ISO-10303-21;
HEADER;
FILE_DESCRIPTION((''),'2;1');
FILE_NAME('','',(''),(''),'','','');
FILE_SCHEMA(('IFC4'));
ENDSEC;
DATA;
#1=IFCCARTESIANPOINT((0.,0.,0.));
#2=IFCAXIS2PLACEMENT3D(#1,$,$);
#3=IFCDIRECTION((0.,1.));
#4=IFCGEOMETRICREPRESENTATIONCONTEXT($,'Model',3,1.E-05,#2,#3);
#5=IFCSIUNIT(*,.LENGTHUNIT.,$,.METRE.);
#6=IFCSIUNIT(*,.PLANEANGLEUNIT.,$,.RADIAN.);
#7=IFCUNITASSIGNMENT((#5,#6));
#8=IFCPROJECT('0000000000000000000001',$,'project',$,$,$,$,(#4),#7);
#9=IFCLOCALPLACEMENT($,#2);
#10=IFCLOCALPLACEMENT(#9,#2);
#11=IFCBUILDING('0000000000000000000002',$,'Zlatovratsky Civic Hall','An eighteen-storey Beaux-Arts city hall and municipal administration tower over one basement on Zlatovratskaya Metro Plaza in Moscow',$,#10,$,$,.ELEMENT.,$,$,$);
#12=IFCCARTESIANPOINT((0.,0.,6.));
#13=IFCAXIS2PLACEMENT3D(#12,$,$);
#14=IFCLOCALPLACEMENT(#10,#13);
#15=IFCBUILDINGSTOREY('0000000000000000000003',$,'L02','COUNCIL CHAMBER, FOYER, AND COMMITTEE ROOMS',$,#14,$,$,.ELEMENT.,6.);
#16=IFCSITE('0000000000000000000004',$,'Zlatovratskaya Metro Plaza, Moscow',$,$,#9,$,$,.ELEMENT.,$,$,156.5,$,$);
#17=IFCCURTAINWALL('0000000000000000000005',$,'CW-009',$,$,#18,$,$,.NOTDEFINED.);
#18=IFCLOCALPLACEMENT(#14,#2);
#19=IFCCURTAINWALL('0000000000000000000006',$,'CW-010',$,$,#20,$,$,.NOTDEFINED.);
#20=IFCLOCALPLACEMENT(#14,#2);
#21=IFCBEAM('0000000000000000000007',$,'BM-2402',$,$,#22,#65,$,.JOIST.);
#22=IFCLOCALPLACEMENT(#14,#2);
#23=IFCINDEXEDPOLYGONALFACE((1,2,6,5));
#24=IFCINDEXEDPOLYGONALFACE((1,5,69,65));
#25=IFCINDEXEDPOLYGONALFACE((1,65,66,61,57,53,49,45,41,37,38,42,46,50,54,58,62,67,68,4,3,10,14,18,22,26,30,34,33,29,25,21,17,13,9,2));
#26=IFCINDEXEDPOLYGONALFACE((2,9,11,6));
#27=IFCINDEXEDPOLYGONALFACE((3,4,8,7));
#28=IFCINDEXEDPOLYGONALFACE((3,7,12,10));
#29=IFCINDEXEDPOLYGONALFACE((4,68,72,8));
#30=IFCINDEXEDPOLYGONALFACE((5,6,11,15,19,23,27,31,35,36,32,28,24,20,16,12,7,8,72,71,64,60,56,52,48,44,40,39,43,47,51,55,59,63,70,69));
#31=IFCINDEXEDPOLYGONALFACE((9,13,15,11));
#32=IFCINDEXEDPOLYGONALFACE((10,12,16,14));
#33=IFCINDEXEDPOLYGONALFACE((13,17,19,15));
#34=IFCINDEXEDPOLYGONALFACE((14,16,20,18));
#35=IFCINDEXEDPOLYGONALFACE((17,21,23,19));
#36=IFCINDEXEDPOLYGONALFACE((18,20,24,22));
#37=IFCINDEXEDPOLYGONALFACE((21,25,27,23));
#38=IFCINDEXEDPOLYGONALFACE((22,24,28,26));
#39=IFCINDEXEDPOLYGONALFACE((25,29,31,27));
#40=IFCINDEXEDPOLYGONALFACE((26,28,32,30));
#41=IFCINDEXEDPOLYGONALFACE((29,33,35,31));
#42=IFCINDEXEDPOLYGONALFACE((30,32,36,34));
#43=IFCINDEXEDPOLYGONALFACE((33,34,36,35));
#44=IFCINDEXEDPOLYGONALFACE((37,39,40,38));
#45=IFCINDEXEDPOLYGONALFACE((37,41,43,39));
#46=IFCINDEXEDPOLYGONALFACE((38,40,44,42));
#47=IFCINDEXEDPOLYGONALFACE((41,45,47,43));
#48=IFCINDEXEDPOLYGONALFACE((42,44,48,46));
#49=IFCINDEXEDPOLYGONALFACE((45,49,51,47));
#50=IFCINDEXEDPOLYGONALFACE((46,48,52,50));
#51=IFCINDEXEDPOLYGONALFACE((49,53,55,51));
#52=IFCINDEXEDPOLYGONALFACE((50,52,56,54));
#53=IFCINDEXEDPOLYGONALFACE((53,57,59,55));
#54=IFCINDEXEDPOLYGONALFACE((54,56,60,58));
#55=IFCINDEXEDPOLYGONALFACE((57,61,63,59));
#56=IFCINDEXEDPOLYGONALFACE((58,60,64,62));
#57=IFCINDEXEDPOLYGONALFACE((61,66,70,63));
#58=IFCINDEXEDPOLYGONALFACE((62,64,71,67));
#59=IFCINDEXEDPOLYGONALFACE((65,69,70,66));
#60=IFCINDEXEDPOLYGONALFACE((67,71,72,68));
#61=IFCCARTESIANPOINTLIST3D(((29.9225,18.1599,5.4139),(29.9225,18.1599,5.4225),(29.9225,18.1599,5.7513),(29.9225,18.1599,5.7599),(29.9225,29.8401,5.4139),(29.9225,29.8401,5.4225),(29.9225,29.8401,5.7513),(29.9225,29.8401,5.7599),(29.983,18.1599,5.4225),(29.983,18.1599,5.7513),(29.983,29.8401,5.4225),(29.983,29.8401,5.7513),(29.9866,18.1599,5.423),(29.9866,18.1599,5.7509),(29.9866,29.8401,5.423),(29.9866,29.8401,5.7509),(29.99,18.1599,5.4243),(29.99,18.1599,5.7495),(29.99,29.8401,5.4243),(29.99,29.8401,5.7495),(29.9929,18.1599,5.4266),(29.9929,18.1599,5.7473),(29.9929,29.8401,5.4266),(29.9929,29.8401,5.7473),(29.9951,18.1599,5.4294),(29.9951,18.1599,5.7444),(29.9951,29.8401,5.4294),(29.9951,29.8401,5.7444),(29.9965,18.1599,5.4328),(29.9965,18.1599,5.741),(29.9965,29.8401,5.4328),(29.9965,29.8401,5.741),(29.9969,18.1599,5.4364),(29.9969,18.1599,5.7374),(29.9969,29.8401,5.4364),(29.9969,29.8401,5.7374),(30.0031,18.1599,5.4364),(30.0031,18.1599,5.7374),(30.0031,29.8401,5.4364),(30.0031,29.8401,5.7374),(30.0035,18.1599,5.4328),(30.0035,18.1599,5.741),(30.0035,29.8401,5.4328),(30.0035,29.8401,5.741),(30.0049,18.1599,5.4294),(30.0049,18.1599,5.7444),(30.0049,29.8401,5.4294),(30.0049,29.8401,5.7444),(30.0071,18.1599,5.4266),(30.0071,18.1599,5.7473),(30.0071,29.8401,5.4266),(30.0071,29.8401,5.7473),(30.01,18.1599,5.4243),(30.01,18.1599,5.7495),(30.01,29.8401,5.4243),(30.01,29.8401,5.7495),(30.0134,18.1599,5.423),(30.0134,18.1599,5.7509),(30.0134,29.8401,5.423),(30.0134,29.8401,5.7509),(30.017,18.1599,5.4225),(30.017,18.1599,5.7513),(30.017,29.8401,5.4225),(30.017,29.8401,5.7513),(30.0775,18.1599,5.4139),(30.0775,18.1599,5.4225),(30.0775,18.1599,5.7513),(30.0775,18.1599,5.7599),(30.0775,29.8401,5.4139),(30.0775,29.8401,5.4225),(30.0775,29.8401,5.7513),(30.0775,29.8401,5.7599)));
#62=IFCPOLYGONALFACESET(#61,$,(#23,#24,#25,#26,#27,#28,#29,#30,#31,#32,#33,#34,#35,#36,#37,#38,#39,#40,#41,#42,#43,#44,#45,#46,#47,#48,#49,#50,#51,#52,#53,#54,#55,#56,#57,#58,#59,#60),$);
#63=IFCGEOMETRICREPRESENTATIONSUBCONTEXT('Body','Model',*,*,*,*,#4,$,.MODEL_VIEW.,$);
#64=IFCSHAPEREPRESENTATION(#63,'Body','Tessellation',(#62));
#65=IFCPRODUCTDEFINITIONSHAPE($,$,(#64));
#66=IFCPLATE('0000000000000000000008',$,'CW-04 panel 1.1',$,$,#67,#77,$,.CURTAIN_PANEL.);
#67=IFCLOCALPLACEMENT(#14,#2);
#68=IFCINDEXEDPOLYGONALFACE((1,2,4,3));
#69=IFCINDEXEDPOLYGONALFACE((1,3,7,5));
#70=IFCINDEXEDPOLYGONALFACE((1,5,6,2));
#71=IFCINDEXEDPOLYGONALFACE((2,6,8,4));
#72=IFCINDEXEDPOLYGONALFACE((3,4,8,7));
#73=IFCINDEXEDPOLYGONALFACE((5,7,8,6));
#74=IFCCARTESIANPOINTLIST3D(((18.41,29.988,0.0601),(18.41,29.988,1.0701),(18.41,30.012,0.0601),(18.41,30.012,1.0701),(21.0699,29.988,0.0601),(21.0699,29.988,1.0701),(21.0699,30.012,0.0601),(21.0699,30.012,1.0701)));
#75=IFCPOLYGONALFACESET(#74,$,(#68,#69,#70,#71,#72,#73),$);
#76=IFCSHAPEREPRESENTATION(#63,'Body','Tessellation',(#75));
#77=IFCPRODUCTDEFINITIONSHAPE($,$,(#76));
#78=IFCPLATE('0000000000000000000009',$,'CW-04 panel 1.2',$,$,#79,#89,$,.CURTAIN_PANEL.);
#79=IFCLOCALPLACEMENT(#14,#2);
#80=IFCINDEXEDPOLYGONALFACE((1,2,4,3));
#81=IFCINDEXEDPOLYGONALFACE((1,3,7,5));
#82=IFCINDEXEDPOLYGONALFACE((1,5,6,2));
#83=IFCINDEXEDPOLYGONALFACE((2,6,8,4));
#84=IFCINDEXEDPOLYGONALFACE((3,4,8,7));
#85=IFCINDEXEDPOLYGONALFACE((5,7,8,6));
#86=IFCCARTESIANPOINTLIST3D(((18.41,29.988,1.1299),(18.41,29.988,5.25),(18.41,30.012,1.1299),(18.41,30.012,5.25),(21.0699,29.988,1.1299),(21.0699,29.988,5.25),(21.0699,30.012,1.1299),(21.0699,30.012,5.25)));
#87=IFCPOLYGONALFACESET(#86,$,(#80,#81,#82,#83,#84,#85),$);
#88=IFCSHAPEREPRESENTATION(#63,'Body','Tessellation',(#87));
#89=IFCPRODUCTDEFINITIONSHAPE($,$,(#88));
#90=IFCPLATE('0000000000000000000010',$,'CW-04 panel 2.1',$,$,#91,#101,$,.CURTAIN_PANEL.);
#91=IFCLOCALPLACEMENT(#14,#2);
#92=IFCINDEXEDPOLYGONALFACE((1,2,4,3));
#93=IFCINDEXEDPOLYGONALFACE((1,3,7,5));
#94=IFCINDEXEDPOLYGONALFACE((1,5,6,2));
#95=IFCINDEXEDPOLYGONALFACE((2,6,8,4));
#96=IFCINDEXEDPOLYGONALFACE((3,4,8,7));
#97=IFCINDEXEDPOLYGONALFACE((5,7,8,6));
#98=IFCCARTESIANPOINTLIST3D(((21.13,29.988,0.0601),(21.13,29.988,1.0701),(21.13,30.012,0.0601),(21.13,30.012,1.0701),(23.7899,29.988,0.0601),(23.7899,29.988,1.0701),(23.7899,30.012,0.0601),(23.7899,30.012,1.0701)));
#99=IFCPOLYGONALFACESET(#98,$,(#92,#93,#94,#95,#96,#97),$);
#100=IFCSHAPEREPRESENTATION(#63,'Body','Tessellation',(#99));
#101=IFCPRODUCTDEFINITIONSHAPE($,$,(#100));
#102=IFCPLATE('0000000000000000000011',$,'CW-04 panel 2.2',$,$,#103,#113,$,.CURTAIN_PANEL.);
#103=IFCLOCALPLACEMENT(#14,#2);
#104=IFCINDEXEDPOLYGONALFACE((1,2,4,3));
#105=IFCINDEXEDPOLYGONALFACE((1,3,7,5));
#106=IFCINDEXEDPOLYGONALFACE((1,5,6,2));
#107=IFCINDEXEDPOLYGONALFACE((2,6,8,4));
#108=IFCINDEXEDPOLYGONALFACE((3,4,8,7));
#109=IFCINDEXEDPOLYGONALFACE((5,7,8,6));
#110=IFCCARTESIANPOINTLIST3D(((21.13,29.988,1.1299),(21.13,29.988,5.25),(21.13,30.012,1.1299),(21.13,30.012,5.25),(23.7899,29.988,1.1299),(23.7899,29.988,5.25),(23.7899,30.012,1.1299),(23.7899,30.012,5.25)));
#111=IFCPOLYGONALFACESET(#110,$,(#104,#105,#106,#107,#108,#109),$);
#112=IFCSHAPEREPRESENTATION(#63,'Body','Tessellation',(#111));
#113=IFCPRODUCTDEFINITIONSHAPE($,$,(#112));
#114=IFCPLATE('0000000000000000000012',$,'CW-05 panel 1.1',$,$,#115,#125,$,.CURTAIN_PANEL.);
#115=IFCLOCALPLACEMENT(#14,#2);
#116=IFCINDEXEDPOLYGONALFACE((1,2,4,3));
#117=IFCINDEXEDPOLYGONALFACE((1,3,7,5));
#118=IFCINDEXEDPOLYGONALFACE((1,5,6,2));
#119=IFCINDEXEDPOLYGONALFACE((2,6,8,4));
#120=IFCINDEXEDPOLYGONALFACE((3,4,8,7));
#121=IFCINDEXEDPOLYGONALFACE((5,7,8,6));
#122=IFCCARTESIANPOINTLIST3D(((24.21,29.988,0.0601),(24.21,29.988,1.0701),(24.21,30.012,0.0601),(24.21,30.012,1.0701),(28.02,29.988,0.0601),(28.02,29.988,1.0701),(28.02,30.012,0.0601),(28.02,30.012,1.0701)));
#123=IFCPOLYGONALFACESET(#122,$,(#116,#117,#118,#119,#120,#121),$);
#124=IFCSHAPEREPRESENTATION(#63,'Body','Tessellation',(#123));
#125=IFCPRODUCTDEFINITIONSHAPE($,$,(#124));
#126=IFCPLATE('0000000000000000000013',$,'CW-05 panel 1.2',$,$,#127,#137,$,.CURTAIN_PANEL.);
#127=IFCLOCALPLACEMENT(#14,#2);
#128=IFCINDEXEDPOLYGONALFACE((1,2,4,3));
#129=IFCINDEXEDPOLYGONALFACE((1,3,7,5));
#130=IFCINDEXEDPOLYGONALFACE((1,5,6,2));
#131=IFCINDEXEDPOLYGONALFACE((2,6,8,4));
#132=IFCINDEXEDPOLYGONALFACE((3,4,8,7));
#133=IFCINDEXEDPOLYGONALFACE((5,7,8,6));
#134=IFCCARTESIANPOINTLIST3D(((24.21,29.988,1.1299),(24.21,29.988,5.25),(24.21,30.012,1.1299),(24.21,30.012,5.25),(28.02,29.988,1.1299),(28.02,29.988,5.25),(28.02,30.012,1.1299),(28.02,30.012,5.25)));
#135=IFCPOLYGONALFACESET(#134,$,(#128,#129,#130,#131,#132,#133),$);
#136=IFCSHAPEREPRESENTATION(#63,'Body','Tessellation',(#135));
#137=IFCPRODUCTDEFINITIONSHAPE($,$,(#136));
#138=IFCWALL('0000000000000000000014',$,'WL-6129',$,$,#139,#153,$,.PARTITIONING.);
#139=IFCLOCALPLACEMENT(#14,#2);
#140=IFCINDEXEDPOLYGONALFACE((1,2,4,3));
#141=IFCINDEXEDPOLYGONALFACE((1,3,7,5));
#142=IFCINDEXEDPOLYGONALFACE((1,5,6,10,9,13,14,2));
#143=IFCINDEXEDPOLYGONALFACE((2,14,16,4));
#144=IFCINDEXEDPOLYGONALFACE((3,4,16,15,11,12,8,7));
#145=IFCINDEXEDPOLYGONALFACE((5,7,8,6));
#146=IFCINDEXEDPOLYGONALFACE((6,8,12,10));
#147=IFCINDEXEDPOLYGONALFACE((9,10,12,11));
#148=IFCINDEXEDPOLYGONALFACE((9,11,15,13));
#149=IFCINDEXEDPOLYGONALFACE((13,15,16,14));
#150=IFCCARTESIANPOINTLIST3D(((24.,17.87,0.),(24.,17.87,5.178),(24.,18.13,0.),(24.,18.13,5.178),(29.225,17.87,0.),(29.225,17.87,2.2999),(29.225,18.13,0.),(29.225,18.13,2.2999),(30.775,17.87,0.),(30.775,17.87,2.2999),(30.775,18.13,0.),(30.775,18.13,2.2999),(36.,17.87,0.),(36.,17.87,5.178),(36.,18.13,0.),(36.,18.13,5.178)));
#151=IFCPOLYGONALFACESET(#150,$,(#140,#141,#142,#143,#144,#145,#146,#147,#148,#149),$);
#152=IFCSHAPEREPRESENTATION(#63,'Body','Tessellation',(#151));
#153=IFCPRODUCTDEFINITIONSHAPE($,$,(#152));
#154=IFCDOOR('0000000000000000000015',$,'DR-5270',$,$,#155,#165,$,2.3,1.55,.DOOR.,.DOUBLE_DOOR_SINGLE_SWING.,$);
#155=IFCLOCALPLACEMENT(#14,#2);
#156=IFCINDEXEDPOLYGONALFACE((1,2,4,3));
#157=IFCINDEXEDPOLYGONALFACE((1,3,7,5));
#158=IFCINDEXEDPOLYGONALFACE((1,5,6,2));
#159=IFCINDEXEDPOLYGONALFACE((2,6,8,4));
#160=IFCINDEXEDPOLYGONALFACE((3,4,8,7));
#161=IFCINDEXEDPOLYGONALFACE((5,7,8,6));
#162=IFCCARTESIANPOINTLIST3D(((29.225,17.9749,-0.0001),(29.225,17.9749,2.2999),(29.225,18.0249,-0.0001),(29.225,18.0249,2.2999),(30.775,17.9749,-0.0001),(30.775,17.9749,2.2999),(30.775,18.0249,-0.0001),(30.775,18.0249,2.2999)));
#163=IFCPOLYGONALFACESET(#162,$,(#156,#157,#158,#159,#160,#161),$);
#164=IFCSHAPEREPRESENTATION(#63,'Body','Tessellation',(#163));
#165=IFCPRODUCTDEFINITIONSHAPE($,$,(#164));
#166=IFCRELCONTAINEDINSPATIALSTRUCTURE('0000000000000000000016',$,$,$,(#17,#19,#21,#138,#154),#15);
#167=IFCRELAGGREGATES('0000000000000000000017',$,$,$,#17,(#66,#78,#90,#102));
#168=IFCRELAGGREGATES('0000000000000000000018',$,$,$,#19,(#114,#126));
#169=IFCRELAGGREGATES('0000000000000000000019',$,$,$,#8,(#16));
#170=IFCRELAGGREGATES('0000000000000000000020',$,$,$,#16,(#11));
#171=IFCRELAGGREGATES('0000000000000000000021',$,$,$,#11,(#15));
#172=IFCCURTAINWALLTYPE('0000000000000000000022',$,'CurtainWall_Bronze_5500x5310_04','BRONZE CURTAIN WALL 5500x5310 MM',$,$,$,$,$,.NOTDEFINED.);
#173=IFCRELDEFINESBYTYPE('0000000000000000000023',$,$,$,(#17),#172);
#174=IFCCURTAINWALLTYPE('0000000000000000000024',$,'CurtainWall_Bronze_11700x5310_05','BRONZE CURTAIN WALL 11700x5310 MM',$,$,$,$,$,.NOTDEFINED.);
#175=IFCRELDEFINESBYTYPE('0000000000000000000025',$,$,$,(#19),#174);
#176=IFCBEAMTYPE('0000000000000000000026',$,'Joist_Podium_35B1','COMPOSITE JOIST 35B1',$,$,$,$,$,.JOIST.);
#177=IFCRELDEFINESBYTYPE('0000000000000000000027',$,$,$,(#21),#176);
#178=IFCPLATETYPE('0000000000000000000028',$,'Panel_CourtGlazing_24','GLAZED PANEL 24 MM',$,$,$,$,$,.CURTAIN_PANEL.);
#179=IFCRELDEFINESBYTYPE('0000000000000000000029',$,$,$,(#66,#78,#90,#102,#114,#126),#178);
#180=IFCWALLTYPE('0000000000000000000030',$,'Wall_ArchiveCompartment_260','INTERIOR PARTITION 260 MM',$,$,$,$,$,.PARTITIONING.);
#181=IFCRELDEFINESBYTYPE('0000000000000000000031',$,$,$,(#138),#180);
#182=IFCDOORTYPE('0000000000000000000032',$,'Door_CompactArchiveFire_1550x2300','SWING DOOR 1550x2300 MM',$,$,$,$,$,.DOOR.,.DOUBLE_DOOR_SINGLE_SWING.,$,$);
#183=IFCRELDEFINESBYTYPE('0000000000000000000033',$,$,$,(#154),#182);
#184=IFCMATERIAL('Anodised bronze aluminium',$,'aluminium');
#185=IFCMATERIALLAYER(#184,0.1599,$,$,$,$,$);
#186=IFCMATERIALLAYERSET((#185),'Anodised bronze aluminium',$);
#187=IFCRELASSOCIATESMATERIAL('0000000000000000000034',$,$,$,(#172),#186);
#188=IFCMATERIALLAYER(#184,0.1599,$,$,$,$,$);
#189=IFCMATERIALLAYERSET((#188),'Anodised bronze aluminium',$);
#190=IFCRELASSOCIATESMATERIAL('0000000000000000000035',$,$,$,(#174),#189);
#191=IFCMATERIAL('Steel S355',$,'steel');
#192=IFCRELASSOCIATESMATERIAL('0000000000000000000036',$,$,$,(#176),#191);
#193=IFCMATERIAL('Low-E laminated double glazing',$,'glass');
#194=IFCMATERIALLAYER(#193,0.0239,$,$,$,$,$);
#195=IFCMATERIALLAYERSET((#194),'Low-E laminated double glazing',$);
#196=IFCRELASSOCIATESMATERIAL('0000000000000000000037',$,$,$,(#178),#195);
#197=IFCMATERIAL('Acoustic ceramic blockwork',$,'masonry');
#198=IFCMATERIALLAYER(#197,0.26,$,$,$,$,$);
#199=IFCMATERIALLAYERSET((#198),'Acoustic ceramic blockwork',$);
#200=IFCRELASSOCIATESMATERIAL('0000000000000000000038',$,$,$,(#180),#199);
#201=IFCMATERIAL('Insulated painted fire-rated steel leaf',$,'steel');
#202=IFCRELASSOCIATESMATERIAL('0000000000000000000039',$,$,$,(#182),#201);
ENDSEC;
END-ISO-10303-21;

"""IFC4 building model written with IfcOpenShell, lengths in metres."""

from ifc_helpers import new_model, si_unit, direction, frame, frame_2d, origin, origin_2d, place, context, subcontext, project, spatial, rectangle, i_section, extrude, material, layer, layer_set, material_profile, profile_set, type_object, element, fill, aggregate, save


model = new_model("IFC4")

# Units and contexts
model_context = context("Model", 3, precision=1e-05, world=origin(), true_north=direction((0.0, 1.0)))
body_context = subcontext(model_context, "Body", "Model", "MODEL_VIEW")
ifc_project = project(units=[si_unit("LENGTHUNIT", "METRE"), si_unit("PLANEANGLEUNIT", "RADIAN")], contexts=[model_context])

# Site, building, storey
site_placement = place(None, origin())
site = spatial("IfcSite", under=ifc_project, at=site_placement, Name="Zlatovratskaya Metro Plaza, Moscow", CompositionType="ELEMENT", RefElevation=156.5)
building_placement = place(site_placement, origin())
building = spatial("IfcBuilding", under=site, at=building_placement, Name="Zlatovratsky Civic Hall", Description="An eighteen-storey Beaux-Arts city hall and municipal administration tower over one basement on Zlatovratskaya Metro Plaza in Moscow", CompositionType="ELEMENT")
storey_placement = place(building_placement, frame((0.0, 0.0, 6.0)))
storey = spatial("IfcBuildingStorey", under=building, at=storey_placement, Name="L02", Description="COUNCIL CHAMBER, FOYER, AND COMMITTEE ROOMS", CompositionType="ELEMENT", Elevation=6.0)

# Shared definitions
ifc_material_1 = material(Name="Steel S355", Category="steel")

# Curtain wall
ifc_material_2 = material(Name="Anodised bronze aluminium", Category="aluminium")
ifc_layer_1 = layer(ifc_material_2, 0.1599)
ifc_layer_set_1 = layer_set([ifc_layer_1], Name="Anodised bronze aluminium")
curtain_wall_type_1 = type_object("IfcCurtainWallType", Name="CurtainWall_Bronze_5500x5310_04", Description="BRONZE CURTAIN WALL 5500x5310 MM", PredefinedType="NOTDEFINED", material=ifc_layer_set_1)
curtain_wall_1_placement = place(storey_placement, origin())
curtain_wall_1 = element("IfcCurtainWall", 1, at=curtain_wall_1_placement, inside=storey, type_object=curtain_wall_type_1, Name="CW-009", PredefinedType="NOTDEFINED")

# Curtain wall
ifc_layer_2 = layer(ifc_material_2, 0.1599)
ifc_layer_set_2 = layer_set([ifc_layer_2], Name="Anodised bronze aluminium")
curtain_wall_type_2 = type_object("IfcCurtainWallType", Name="CurtainWall_Bronze_11700x5310_05", Description="BRONZE CURTAIN WALL 11700x5310 MM", PredefinedType="NOTDEFINED", material=ifc_layer_set_2)
curtain_wall_2_placement = place(storey_placement, origin())
curtain_wall_2 = element("IfcCurtainWall", 2, at=curtain_wall_2_placement, inside=storey, type_object=curtain_wall_type_2, Name="CW-010", PredefinedType="NOTDEFINED")

# Beam
ifc_material_profile_1 = material_profile(ifc_material_1, i_section(OverallWidth=0.155, OverallDepth=0.3459, WebThickness=0.0061, FlangeThickness=0.0085, FilletRadius=0.0139, at=origin_2d()), Name="35B1")
ifc_profile_set_1 = profile_set([ifc_material_profile_1], Name="Steel S355")
beam_type_1 = type_object("IfcBeamType", Name="Joist_Podium_35B1", Description="COMPOSITE JOIST 35B1", PredefinedType="JOIST", material=ifc_profile_set_1)
beam_1_placement = place(storey_placement, frame((30.0, 18.1599, 5.5869), z_axis=(0.0, 1.0, 0.0), x_axis=(-1.0, 0.0, 0.0)))
element("IfcBeam", 3, at=beam_1_placement, inside=storey, type_object=beam_type_1, Name="BM-2402", PredefinedType="JOIST", context=body_context, shape_type="SweptSolid", body=[
    extrude(i_section(OverallWidth=0.155, OverallDepth=0.3459, WebThickness=0.0061, FlangeThickness=0.0085, FilletRadius=0.0139, at=origin_2d()), origin(), (0.0, 0.0, 1.0), 11.6802),
])

# Plates
ifc_material_3 = material(Name="Low-E laminated double glazing", Category="glass")
ifc_layer_3 = layer(ifc_material_3, 0.0239)
ifc_layer_set_3 = layer_set([ifc_layer_3], Name="Low-E laminated double glazing")
plate_type = type_object("IfcPlateType", Name="Panel_CourtGlazing_24", Description="GLAZED PANEL 24 MM", PredefinedType="CURTAIN_PANEL", material=ifc_layer_set_3)
plate_1_placement = place(storey_placement, frame((19.74, 30.0, 0.0601), z_axis=(0.0, 0.0, 1.0), x_axis=(1.0, 0.0, 0.0)))
plate_1 = element("IfcPlate", 4, at=plate_1_placement, type_object=plate_type, Name="CW-04 panel 1.1", PredefinedType="CURTAIN_PANEL", context=body_context, shape_type="SweptSolid", body=[
    extrude(rectangle(XDim=2.6599, YDim=0.0239, at=origin_2d()), origin(), (0.0, 0.0, 1.0), 1.01),
])
plate_2_placement = place(storey_placement, frame((19.74, 30.0, 1.1299), z_axis=(0.0, 0.0, 1.0), x_axis=(1.0, 0.0, 0.0)))
plate_2 = element("IfcPlate", 5, at=plate_2_placement, type_object=plate_type, Name="CW-04 panel 1.2", PredefinedType="CURTAIN_PANEL", context=body_context, shape_type="SweptSolid", body=[
    extrude(rectangle(XDim=2.6599, YDim=0.0239, at=origin_2d()), origin(), (0.0, 0.0, 1.0), 4.1201),
])
plate_3_placement = place(storey_placement, frame((22.46, 30.0, 0.0601), z_axis=(0.0, 0.0, 1.0), x_axis=(1.0, 0.0, 0.0)))
plate_3 = element("IfcPlate", 6, at=plate_3_placement, type_object=plate_type, Name="CW-04 panel 2.1", PredefinedType="CURTAIN_PANEL", context=body_context, shape_type="SweptSolid", body=[
    extrude(rectangle(XDim=2.6599, YDim=0.0239, at=origin_2d()), origin(), (0.0, 0.0, 1.0), 1.01),
])
plate_4_placement = place(storey_placement, frame((22.46, 30.0, 1.1299), z_axis=(0.0, 0.0, 1.0), x_axis=(1.0, 0.0, 0.0)))
plate_4 = element("IfcPlate", 7, at=plate_4_placement, type_object=plate_type, Name="CW-04 panel 2.2", PredefinedType="CURTAIN_PANEL", context=body_context, shape_type="SweptSolid", body=[
    extrude(rectangle(XDim=2.6599, YDim=0.0239, at=origin_2d()), origin(), (0.0, 0.0, 1.0), 4.1201),
])
aggregate(curtain_wall_1, [plate_1, plate_2, plate_3, plate_4])
plate_5_placement = place(storey_placement, frame((26.115, 30.0, 0.0601), z_axis=(0.0, 0.0, 1.0), x_axis=(1.0, 0.0, 0.0)))
plate_5 = element("IfcPlate", 8, at=plate_5_placement, type_object=plate_type, Name="CW-05 panel 1.1", PredefinedType="CURTAIN_PANEL", context=body_context, shape_type="SweptSolid", body=[
    extrude(rectangle(XDim=3.8101, YDim=0.0239, at=origin_2d()), origin(), (0.0, 0.0, 1.0), 1.01),
])
plate_6_placement = place(storey_placement, frame((26.115, 30.0, 1.1299), z_axis=(0.0, 0.0, 1.0), x_axis=(1.0, 0.0, 0.0)))
plate_6 = element("IfcPlate", 9, at=plate_6_placement, type_object=plate_type, Name="CW-05 panel 1.2", PredefinedType="CURTAIN_PANEL", context=body_context, shape_type="SweptSolid", body=[
    extrude(rectangle(XDim=3.8101, YDim=0.0239, at=origin_2d()), origin(), (0.0, 0.0, 1.0), 4.1201),
])
aggregate(curtain_wall_2, [plate_5, plate_6])

# Wall, opening, door
ifc_material_4 = material(Name="Acoustic ceramic blockwork", Category="masonry")
ifc_layer_4 = layer(ifc_material_4, 0.26)
ifc_layer_set_4 = layer_set([ifc_layer_4], Name="Acoustic ceramic blockwork")
wall_type = type_object("IfcWallType", Name="Wall_ArchiveCompartment_260", Description="INTERIOR PARTITION 260 MM", PredefinedType="PARTITIONING", material=ifc_layer_set_4)
wall_placement = place(storey_placement, frame((24.0, 18.0, 0.0), z_axis=(0.0, 0.0, 1.0), x_axis=(1.0, 0.0, 0.0)))
wall = element("IfcWall", 10, at=wall_placement, inside=storey, type_object=wall_type, Name="WL-6129", PredefinedType="PARTITIONING", context=body_context, shape_type="SweptSolid", body=[
    extrude(rectangle(XDim=12.0, YDim=0.26, at=frame_2d((6.0, 0.0))), origin(), (0.0, 0.0, 1.0), 5.178),
])
opening_placement = place(wall_placement, frame((5.2251, 0.0, 0.0)))
opening = element("IfcOpeningElement", 11, at=opening_placement, cuts=wall, PredefinedType="OPENING", context=body_context, shape_type="SweptSolid", body=[
    extrude(rectangle(XDim=1.55, YDim=2.3, at=frame_2d((0.7749, 1.1499))), frame((0.0, 0.145, 0.0), z_axis=(0.0, -1.0, 0.0), x_axis=(1.0, 0.0, 0.0)), (0.0, 0.0, 1.0), 0.2898),
])
ifc_material_5 = material(Name="Insulated painted fire-rated steel leaf", Category="steel")
door_type = type_object("IfcDoorType", Name="Door_CompactArchiveFire_1550x2300", Description="SWING DOOR 1550x2300 MM", OperationType="DOUBLE_DOOR_SINGLE_SWING", PredefinedType="DOOR", material=ifc_material_5)
door_placement = place(opening_placement, origin())
door = element("IfcDoor", 12, at=door_placement, inside=storey, type_object=door_type, Name="DR-5270", OperationType="DOUBLE_DOOR_SINGLE_SWING", OverallHeight=2.3, OverallWidth=1.55, PredefinedType="DOOR", context=body_context, shape_type="SweptSolid", body=[
    extrude(rectangle(XDim=1.55, YDim=2.3, at=frame_2d((0.7749, 1.1499))), frame((0.0, 0.0249, 0.0), z_axis=(0.0, -1.0, 0.0), x_axis=(1.0, 0.0, 0.0)), (0.0, 0.0, 1.0), 0.05),
])
fill(opening, door)

save(model, "model.ifc")
